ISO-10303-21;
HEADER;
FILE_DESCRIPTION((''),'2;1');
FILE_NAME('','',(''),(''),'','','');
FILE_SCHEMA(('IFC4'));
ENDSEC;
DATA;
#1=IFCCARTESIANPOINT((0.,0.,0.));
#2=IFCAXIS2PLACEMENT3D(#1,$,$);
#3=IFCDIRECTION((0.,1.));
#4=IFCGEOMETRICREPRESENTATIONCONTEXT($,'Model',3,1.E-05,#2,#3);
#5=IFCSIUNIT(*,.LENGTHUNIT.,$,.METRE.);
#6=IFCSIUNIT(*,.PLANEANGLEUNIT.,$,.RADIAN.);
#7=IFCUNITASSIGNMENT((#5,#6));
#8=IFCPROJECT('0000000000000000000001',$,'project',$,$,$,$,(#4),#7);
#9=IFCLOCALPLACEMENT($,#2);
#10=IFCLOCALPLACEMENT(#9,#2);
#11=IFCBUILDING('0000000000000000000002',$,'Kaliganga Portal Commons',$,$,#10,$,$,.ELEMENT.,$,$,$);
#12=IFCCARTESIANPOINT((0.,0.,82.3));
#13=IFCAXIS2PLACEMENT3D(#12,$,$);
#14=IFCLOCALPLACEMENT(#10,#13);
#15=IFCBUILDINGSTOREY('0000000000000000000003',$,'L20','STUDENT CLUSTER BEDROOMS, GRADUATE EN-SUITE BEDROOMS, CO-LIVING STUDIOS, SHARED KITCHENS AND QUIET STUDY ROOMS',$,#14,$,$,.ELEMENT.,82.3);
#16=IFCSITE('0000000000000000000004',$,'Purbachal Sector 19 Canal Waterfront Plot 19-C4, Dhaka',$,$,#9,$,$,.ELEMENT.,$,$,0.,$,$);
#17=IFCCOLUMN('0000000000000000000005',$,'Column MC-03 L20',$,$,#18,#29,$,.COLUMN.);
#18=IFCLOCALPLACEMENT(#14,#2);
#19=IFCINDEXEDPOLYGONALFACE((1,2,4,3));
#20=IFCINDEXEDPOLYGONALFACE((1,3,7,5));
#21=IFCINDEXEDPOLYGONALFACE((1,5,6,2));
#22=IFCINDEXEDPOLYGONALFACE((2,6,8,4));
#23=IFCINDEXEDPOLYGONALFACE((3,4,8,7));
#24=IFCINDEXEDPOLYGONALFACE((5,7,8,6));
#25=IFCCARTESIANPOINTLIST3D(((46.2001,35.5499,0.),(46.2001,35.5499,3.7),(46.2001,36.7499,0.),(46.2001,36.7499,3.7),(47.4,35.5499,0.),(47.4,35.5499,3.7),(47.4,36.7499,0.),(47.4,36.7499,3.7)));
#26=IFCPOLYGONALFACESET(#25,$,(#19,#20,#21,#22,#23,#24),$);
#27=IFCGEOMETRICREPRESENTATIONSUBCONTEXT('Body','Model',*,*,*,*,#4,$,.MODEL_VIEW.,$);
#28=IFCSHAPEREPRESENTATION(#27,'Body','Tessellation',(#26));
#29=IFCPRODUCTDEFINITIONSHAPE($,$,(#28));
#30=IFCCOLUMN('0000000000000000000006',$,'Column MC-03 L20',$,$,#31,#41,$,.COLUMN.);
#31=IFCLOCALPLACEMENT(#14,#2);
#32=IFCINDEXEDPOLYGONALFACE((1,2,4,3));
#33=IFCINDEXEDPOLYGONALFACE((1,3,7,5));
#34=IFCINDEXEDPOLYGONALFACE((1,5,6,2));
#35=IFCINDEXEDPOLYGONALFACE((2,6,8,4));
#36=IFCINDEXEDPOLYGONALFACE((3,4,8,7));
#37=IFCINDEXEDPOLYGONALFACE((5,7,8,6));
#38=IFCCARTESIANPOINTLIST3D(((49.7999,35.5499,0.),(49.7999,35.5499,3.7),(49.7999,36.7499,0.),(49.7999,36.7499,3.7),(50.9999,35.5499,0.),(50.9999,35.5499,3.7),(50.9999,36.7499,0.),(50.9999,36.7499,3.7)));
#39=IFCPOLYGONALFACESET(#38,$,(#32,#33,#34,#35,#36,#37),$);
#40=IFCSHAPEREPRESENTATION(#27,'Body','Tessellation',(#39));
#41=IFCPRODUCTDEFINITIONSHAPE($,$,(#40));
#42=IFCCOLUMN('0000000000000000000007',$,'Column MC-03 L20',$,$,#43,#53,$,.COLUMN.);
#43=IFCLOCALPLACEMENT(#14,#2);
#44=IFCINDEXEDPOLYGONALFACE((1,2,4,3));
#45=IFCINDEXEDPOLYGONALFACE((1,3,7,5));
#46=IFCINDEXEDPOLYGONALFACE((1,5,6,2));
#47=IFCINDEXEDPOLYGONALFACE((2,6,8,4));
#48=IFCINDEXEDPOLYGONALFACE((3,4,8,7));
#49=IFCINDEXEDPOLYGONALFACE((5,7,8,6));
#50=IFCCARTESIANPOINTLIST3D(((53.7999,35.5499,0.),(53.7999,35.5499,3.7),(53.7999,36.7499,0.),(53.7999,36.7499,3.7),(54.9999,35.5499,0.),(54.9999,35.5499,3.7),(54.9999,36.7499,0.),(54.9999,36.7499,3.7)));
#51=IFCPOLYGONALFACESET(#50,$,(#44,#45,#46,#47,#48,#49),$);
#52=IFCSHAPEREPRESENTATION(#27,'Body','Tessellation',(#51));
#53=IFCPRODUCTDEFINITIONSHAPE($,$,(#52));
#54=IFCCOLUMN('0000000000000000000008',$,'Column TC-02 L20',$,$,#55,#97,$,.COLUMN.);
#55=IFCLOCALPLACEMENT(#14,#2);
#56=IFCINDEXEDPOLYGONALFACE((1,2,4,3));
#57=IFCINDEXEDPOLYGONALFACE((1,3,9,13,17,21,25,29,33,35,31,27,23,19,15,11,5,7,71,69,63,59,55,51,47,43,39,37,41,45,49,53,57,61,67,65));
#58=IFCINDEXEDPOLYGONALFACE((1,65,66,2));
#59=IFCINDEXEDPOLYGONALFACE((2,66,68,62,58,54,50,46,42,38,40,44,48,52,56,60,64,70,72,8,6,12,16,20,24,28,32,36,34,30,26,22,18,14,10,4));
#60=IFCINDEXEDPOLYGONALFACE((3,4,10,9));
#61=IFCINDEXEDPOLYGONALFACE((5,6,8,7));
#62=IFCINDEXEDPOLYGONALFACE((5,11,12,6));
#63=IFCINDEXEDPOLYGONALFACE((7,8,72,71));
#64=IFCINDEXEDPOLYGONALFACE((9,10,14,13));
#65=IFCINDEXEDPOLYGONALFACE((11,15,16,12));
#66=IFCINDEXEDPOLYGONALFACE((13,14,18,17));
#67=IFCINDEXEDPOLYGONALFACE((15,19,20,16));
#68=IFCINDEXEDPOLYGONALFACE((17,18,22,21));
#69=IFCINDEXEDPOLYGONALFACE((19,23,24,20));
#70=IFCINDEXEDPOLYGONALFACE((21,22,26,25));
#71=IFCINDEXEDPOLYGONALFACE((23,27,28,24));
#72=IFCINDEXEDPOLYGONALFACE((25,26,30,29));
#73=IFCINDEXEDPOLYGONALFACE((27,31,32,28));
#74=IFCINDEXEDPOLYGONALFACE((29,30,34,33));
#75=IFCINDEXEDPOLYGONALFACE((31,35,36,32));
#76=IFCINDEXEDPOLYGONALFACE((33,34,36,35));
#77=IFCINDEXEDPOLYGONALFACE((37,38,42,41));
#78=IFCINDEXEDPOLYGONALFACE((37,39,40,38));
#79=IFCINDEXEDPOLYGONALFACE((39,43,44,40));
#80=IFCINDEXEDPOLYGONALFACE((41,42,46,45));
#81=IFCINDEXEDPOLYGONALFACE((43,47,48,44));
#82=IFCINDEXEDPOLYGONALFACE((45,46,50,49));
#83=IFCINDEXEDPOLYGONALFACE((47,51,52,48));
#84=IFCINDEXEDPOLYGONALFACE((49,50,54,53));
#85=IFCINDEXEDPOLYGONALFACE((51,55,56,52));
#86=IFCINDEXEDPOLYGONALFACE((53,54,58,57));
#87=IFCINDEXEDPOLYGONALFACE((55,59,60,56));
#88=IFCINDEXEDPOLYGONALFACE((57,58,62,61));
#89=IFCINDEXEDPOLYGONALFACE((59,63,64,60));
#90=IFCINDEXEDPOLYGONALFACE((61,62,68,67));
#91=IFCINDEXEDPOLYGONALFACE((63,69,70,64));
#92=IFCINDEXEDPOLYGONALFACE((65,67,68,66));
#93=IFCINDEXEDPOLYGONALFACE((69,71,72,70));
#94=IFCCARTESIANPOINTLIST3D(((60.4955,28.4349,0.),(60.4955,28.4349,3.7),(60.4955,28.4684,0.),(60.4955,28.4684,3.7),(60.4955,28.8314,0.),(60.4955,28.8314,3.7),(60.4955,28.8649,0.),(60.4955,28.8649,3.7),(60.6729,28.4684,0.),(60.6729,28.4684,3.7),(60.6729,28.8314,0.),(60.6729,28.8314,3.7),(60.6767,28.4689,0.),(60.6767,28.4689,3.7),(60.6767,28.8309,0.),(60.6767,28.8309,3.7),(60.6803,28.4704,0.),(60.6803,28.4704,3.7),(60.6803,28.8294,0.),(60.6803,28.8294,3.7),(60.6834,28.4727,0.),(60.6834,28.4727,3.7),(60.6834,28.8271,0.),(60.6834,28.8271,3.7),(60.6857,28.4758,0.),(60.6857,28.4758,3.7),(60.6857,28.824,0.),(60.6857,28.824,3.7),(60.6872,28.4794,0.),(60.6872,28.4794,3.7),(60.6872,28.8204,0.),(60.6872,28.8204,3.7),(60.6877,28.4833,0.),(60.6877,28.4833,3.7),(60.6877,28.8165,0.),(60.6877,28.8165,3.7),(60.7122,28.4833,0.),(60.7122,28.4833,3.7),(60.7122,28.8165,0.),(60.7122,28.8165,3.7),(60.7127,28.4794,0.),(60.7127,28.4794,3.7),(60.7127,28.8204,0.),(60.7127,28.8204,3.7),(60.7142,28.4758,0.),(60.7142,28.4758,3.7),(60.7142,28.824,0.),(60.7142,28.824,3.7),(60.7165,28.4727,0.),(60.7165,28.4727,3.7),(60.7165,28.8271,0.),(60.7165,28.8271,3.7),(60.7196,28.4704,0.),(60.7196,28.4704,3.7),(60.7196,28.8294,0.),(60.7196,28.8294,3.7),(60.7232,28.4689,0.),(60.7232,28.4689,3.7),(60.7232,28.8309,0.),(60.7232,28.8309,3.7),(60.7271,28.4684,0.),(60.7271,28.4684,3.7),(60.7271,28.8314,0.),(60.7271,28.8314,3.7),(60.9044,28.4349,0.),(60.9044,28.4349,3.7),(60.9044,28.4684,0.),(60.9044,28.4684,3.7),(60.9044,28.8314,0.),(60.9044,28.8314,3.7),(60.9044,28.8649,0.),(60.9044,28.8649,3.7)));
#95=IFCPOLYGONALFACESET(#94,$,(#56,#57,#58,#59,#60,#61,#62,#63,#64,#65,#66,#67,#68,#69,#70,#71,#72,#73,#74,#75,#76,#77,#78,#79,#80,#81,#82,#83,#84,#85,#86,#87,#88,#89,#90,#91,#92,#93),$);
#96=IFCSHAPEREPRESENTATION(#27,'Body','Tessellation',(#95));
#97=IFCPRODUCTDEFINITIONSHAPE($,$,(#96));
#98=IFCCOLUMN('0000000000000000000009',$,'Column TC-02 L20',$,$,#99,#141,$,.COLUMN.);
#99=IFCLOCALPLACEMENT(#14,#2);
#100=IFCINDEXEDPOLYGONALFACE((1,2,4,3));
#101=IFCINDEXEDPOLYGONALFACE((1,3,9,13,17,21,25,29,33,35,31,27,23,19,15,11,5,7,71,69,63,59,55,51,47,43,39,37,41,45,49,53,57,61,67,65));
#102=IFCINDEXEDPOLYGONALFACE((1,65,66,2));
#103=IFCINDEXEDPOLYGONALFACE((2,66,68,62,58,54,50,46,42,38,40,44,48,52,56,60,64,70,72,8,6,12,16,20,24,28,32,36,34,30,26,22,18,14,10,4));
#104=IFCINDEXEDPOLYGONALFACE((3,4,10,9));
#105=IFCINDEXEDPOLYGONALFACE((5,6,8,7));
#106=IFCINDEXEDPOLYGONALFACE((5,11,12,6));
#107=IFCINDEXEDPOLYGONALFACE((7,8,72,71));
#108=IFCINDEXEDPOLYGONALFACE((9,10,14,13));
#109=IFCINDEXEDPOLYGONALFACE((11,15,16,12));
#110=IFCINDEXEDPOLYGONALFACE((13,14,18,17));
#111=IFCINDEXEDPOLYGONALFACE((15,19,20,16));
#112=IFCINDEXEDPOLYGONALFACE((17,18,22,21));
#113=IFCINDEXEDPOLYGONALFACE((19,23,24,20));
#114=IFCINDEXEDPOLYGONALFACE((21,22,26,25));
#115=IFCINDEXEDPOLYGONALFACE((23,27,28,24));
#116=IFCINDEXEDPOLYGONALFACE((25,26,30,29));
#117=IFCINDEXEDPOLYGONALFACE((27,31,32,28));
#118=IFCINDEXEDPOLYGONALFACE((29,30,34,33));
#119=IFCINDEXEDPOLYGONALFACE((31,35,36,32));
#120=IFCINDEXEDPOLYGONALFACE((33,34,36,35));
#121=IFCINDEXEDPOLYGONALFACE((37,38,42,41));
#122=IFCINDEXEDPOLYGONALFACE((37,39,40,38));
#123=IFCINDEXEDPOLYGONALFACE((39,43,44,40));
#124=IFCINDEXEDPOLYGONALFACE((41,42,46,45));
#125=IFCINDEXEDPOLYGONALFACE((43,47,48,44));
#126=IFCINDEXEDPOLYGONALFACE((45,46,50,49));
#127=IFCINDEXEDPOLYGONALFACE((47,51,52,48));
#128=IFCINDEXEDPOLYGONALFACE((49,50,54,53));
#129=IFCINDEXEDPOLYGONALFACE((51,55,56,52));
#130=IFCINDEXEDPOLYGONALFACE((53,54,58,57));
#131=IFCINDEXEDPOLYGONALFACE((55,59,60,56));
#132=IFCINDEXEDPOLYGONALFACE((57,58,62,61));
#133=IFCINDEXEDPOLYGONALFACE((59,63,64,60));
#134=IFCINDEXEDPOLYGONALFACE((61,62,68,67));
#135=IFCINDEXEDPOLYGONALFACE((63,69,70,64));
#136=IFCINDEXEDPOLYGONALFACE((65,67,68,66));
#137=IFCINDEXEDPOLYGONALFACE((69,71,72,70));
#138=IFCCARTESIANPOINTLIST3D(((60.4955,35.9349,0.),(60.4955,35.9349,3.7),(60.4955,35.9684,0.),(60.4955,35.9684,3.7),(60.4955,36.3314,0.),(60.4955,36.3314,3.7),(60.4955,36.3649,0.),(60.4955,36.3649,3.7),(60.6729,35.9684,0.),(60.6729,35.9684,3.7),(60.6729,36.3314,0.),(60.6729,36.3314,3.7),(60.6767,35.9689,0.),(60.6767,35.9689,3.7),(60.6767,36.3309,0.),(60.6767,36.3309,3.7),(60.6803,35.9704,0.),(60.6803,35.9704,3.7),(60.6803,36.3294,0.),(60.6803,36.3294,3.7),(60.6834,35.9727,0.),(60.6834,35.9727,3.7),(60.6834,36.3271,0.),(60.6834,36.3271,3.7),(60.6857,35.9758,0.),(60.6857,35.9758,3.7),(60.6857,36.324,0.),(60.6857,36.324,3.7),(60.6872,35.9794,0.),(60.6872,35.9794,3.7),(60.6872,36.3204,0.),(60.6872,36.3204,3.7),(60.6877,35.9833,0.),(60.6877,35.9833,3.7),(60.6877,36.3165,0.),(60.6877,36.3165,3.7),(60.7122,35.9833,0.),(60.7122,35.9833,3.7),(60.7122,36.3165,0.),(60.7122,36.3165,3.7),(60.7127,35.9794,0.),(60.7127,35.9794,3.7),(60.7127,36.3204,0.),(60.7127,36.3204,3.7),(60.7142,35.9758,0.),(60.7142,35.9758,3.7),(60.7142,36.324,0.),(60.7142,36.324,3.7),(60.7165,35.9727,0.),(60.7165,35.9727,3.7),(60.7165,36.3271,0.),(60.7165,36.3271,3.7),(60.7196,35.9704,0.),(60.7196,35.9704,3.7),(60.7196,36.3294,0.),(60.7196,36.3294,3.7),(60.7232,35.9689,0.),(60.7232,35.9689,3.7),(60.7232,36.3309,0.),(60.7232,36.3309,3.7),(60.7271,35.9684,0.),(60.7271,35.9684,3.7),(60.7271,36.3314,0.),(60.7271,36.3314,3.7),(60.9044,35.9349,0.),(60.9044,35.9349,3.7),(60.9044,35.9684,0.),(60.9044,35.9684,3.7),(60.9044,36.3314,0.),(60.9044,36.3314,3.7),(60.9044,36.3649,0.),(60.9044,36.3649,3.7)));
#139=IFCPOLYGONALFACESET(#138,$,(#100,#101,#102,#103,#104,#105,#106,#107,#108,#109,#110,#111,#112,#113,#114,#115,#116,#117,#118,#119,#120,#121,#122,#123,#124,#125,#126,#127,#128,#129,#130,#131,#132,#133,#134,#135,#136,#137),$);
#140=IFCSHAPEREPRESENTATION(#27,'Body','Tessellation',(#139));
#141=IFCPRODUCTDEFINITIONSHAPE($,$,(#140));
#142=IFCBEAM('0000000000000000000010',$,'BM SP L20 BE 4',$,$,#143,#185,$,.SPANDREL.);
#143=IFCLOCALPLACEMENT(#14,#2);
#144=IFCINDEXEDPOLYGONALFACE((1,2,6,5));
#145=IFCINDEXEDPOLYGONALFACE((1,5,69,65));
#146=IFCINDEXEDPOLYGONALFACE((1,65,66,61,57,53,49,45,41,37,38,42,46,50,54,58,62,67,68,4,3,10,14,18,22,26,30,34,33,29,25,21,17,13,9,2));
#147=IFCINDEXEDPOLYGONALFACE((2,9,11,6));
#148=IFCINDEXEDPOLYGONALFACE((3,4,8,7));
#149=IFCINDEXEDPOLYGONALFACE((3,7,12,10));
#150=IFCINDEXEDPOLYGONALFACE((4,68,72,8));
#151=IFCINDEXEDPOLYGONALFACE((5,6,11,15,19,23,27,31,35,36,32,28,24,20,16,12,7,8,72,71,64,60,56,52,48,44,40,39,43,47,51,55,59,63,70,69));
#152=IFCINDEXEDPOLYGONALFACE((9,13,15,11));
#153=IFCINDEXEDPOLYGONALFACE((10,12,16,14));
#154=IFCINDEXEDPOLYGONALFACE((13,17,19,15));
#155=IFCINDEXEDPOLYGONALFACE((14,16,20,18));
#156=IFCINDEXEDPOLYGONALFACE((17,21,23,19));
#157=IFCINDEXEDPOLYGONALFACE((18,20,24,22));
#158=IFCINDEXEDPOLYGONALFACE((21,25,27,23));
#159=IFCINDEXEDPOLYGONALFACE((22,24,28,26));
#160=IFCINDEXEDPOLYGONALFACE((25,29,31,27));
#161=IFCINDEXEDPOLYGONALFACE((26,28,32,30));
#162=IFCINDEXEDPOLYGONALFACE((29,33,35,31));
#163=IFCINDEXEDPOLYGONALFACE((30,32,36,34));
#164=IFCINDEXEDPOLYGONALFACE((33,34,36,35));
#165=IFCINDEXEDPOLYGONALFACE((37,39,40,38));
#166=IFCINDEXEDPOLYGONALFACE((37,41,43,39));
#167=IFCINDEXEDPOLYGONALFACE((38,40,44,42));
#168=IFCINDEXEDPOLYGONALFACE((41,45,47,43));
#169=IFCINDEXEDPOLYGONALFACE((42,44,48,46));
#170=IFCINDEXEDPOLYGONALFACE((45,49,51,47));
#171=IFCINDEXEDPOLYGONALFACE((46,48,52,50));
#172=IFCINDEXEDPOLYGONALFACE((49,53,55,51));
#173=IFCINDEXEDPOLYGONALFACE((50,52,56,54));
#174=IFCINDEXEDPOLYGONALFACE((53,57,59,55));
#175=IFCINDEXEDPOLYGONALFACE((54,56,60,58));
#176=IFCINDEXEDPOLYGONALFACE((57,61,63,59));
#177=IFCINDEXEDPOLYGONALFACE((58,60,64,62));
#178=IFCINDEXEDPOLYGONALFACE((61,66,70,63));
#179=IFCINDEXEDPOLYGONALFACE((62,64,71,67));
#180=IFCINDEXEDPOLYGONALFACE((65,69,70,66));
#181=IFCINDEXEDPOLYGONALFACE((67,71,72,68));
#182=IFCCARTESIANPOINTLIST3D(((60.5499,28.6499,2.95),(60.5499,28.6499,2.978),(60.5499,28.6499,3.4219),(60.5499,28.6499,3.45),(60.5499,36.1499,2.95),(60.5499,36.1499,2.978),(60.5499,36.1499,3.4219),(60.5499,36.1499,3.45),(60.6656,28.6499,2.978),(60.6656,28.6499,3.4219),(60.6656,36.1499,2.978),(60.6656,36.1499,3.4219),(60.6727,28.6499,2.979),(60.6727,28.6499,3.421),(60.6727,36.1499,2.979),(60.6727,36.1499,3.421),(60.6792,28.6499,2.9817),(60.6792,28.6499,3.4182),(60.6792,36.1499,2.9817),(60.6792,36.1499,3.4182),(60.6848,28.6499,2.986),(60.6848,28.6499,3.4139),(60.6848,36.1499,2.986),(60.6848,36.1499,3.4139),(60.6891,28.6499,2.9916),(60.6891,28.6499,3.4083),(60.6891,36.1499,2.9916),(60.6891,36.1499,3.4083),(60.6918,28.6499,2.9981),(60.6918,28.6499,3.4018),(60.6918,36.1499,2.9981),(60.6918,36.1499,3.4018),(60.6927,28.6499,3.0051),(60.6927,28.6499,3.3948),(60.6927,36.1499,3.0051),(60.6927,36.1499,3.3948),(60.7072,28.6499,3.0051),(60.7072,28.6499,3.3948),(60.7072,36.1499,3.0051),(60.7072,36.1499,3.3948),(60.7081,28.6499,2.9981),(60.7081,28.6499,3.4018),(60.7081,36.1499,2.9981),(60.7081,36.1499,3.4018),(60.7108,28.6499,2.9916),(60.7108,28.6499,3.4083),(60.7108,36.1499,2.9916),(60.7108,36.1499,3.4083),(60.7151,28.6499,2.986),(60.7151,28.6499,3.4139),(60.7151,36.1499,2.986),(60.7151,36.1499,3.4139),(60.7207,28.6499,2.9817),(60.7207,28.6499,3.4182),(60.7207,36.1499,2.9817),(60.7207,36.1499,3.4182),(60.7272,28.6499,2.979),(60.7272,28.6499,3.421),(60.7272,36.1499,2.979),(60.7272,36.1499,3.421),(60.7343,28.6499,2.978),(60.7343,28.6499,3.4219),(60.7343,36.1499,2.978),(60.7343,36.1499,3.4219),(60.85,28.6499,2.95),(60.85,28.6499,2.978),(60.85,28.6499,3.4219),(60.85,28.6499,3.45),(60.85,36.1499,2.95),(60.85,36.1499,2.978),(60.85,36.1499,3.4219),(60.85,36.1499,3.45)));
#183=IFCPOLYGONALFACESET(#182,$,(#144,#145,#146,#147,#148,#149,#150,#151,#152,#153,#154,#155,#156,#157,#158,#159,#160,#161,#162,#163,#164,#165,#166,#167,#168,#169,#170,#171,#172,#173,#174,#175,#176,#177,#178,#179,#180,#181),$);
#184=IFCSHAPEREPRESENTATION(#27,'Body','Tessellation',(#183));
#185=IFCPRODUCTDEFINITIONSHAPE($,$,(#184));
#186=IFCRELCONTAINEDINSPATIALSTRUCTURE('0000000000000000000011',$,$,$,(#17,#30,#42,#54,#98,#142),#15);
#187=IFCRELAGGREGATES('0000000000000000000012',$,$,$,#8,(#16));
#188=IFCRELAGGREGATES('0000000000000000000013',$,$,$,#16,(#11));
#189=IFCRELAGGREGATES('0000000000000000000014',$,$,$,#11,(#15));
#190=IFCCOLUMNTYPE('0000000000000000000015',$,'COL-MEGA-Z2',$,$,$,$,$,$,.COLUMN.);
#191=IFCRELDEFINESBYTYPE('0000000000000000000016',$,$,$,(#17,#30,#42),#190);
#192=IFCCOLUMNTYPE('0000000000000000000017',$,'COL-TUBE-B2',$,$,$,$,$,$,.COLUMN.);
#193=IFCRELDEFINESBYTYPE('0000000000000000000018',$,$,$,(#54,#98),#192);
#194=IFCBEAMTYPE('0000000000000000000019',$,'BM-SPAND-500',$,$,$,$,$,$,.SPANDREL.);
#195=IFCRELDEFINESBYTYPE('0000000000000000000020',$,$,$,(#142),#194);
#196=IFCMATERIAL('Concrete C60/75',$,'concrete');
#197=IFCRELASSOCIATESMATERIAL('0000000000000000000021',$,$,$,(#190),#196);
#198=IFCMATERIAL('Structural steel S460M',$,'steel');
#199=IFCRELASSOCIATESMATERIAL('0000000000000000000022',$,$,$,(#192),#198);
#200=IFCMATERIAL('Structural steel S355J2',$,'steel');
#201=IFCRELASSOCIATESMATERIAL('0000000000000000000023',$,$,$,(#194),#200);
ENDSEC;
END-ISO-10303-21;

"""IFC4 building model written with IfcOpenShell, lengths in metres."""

from ifc_helpers import new_model, si_unit, direction, frame, origin, origin_2d, place, context, subcontext, project, spatial, rectangle, i_section, extrude, source, transform, mapped, material, material_profile, profile_set, type_object, element, save


model = new_model("IFC4")

# Units and contexts
model_context = context("Model", 3, precision=1e-05, world=origin(), true_north=direction((0.0, 1.0)))
body_context = subcontext(model_context, "Body", "Model", "MODEL_VIEW")
ifc_project = project(units=[si_unit("LENGTHUNIT", "METRE"), si_unit("PLANEANGLEUNIT", "RADIAN")], contexts=[model_context])

# Site, building, storey
site_placement = place(None, origin())
site = spatial("IfcSite", under=ifc_project, at=site_placement, Name="Purbachal Sector 19 Canal Waterfront Plot 19-C4, Dhaka", CompositionType="ELEMENT", RefElevation=0.0)
building_placement = place(site_placement, origin())
building = spatial("IfcBuilding", under=site, at=building_placement, Name="Kaliganga Portal Commons", CompositionType="ELEMENT")
storey_placement = place(building_placement, frame((0.0, 0.0, 82.3)))
storey = spatial("IfcBuildingStorey", under=building, at=storey_placement, Name="L20", Description="STUDENT CLUSTER BEDROOMS, GRADUATE EN-SUITE BEDROOMS, CO-LIVING STUDIOS, SHARED KITCHENS AND QUIET STUDY ROOMS", CompositionType="ELEMENT", Elevation=82.3)

# Columns
ifc_material_1 = material(Name="Concrete C60/75", Category="concrete")
ifc_material_profile_1 = material_profile(ifc_material_1, rectangle(XDim=1.2, YDim=1.2, at=origin_2d()), Name="RC 1200x1200")
ifc_profile_set_1 = profile_set([ifc_material_profile_1], Name="Concrete C60/75")
column_type_1 = type_object("IfcColumnType", Name="COL-MEGA-Z2", PredefinedType="COLUMN", material=ifc_profile_set_1)
shared_shape_1 = source(origin(), body_context, "Body", "SweptSolid", [
    extrude(rectangle(XDim=1.2, YDim=1.2, at=origin_2d()), origin(), (0.0, 0.0, 1.0), 3.7),
])
for number, where, z_axis, x_axis, name in (
    (1, (46.8, 36.1499, 0.0), (0.0, 0.0, 1.0), (1.0, 0.0, 0.0), "Column MC-03 L20"),
    (2, (50.3999, 36.1499, 0.0), (0.0, 0.0, 1.0), (1.0, 0.0, 0.0), "Column MC-03 L20"),
    (3, (54.3999, 36.1499, 0.0), (0.0, 0.0, 1.0), (1.0, 0.0, 0.0), "Column MC-03 L20"),
):
    element("IfcColumn", number, at=place(storey_placement, frame(where, z_axis=z_axis, x_axis=x_axis)), inside=storey, type_object=column_type_1, Name=name, PredefinedType="COLUMN", context=body_context, shape_type="MappedRepresentation", body=[
        mapped(shared_shape_1, transform((0.0, 0.0, 0.0), x_axis=(1.0, 0.0, 0.0), y_axis=(0.0, 1.0, 0.0), z_axis=(0.0, 0.0, 1.0), scale=1.0)),
    ])
ifc_material_2 = material(Name="Structural steel S460M", Category="steel")
ifc_material_profile_2 = material_profile(ifc_material_2, i_section(OverallWidth=0.4089, OverallDepth=0.4299, WebThickness=0.0244, FlangeThickness=0.0334, FilletRadius=0.0149, at=origin_2d()), Name="HD 400x421")
ifc_profile_set_2 = profile_set([ifc_material_profile_2], Name="Structural steel S460M wide-flange")
column_type_2 = type_object("IfcColumnType", Name="COL-TUBE-B2", PredefinedType="COLUMN", material=ifc_profile_set_2)
shared_shape_2 = source(origin(), body_context, "Body", "SweptSolid", [
    extrude(i_section(OverallWidth=0.4089, OverallDepth=0.4299, WebThickness=0.0244, FlangeThickness=0.0334, FilletRadius=0.0149, at=origin_2d()), origin(), (0.0, 0.0, 1.0), 3.7),
])
for number, where, z_axis, x_axis, name in (
    (4, (60.7, 28.6499, 0.0), (0.0, 0.0, 1.0), (1.0, 0.0, 0.0), "Column TC-02 L20"),
    (5, (60.7, 36.1499, 0.0), (0.0, 0.0, 1.0), (1.0, 0.0, 0.0), "Column TC-02 L20"),
):
    element("IfcColumn", number, at=place(storey_placement, frame(where, z_axis=z_axis, x_axis=x_axis)), inside=storey, type_object=column_type_2, Name=name, PredefinedType="COLUMN", context=body_context, shape_type="MappedRepresentation", body=[
        mapped(shared_shape_2, transform((0.0, 0.0, 0.0), x_axis=(1.0, 0.0, 0.0), y_axis=(0.0, 1.0, 0.0), z_axis=(0.0, 0.0, 1.0), scale=1.0)),
    ])

# Beam
ifc_material_3 = material(Name="Structural steel S355J2", Category="steel")
ifc_material_profile_3 = material_profile(ifc_material_3, i_section(OverallWidth=0.3, OverallDepth=0.5, WebThickness=0.0144, FlangeThickness=0.0281, FilletRadius=0.0271, at=origin_2d()), Name="HE 500 B")
ifc_profile_set_3 = profile_set([ifc_material_profile_3], Name="Structural steel S355J2 wide-flange")
beam_type_1 = type_object("IfcBeamType", Name="BM-SPAND-500", PredefinedType="SPANDREL", material=ifc_profile_set_3)
shared_shape_3 = source(origin(), body_context, "Body", "SweptSolid", [
    extrude(i_section(OverallWidth=0.3, OverallDepth=0.5, WebThickness=0.0144, FlangeThickness=0.0281, FilletRadius=0.0271, at=origin_2d()), origin(), (0.0, 0.0, 1.0), 7.5),
])
beam_1_placement = place(storey_placement, frame((60.7, 28.6499, 3.2), z_axis=(0.0, 1.0, 0.0), x_axis=(-1.0, 0.0, 0.0)))
element("IfcBeam", 6, at=beam_1_placement, inside=storey, type_object=beam_type_1, Name="BM SP L20 BE 4", PredefinedType="SPANDREL", context=body_context, shape_type="MappedRepresentation", body=[
    mapped(shared_shape_3, transform((0.0, 0.0, 0.0), x_axis=(1.0, 0.0, 0.0), y_axis=(0.0, 1.0, 0.0), z_axis=(0.0, 0.0, 1.0), scale=1.0)),
])

save(model, "model.ifc")
